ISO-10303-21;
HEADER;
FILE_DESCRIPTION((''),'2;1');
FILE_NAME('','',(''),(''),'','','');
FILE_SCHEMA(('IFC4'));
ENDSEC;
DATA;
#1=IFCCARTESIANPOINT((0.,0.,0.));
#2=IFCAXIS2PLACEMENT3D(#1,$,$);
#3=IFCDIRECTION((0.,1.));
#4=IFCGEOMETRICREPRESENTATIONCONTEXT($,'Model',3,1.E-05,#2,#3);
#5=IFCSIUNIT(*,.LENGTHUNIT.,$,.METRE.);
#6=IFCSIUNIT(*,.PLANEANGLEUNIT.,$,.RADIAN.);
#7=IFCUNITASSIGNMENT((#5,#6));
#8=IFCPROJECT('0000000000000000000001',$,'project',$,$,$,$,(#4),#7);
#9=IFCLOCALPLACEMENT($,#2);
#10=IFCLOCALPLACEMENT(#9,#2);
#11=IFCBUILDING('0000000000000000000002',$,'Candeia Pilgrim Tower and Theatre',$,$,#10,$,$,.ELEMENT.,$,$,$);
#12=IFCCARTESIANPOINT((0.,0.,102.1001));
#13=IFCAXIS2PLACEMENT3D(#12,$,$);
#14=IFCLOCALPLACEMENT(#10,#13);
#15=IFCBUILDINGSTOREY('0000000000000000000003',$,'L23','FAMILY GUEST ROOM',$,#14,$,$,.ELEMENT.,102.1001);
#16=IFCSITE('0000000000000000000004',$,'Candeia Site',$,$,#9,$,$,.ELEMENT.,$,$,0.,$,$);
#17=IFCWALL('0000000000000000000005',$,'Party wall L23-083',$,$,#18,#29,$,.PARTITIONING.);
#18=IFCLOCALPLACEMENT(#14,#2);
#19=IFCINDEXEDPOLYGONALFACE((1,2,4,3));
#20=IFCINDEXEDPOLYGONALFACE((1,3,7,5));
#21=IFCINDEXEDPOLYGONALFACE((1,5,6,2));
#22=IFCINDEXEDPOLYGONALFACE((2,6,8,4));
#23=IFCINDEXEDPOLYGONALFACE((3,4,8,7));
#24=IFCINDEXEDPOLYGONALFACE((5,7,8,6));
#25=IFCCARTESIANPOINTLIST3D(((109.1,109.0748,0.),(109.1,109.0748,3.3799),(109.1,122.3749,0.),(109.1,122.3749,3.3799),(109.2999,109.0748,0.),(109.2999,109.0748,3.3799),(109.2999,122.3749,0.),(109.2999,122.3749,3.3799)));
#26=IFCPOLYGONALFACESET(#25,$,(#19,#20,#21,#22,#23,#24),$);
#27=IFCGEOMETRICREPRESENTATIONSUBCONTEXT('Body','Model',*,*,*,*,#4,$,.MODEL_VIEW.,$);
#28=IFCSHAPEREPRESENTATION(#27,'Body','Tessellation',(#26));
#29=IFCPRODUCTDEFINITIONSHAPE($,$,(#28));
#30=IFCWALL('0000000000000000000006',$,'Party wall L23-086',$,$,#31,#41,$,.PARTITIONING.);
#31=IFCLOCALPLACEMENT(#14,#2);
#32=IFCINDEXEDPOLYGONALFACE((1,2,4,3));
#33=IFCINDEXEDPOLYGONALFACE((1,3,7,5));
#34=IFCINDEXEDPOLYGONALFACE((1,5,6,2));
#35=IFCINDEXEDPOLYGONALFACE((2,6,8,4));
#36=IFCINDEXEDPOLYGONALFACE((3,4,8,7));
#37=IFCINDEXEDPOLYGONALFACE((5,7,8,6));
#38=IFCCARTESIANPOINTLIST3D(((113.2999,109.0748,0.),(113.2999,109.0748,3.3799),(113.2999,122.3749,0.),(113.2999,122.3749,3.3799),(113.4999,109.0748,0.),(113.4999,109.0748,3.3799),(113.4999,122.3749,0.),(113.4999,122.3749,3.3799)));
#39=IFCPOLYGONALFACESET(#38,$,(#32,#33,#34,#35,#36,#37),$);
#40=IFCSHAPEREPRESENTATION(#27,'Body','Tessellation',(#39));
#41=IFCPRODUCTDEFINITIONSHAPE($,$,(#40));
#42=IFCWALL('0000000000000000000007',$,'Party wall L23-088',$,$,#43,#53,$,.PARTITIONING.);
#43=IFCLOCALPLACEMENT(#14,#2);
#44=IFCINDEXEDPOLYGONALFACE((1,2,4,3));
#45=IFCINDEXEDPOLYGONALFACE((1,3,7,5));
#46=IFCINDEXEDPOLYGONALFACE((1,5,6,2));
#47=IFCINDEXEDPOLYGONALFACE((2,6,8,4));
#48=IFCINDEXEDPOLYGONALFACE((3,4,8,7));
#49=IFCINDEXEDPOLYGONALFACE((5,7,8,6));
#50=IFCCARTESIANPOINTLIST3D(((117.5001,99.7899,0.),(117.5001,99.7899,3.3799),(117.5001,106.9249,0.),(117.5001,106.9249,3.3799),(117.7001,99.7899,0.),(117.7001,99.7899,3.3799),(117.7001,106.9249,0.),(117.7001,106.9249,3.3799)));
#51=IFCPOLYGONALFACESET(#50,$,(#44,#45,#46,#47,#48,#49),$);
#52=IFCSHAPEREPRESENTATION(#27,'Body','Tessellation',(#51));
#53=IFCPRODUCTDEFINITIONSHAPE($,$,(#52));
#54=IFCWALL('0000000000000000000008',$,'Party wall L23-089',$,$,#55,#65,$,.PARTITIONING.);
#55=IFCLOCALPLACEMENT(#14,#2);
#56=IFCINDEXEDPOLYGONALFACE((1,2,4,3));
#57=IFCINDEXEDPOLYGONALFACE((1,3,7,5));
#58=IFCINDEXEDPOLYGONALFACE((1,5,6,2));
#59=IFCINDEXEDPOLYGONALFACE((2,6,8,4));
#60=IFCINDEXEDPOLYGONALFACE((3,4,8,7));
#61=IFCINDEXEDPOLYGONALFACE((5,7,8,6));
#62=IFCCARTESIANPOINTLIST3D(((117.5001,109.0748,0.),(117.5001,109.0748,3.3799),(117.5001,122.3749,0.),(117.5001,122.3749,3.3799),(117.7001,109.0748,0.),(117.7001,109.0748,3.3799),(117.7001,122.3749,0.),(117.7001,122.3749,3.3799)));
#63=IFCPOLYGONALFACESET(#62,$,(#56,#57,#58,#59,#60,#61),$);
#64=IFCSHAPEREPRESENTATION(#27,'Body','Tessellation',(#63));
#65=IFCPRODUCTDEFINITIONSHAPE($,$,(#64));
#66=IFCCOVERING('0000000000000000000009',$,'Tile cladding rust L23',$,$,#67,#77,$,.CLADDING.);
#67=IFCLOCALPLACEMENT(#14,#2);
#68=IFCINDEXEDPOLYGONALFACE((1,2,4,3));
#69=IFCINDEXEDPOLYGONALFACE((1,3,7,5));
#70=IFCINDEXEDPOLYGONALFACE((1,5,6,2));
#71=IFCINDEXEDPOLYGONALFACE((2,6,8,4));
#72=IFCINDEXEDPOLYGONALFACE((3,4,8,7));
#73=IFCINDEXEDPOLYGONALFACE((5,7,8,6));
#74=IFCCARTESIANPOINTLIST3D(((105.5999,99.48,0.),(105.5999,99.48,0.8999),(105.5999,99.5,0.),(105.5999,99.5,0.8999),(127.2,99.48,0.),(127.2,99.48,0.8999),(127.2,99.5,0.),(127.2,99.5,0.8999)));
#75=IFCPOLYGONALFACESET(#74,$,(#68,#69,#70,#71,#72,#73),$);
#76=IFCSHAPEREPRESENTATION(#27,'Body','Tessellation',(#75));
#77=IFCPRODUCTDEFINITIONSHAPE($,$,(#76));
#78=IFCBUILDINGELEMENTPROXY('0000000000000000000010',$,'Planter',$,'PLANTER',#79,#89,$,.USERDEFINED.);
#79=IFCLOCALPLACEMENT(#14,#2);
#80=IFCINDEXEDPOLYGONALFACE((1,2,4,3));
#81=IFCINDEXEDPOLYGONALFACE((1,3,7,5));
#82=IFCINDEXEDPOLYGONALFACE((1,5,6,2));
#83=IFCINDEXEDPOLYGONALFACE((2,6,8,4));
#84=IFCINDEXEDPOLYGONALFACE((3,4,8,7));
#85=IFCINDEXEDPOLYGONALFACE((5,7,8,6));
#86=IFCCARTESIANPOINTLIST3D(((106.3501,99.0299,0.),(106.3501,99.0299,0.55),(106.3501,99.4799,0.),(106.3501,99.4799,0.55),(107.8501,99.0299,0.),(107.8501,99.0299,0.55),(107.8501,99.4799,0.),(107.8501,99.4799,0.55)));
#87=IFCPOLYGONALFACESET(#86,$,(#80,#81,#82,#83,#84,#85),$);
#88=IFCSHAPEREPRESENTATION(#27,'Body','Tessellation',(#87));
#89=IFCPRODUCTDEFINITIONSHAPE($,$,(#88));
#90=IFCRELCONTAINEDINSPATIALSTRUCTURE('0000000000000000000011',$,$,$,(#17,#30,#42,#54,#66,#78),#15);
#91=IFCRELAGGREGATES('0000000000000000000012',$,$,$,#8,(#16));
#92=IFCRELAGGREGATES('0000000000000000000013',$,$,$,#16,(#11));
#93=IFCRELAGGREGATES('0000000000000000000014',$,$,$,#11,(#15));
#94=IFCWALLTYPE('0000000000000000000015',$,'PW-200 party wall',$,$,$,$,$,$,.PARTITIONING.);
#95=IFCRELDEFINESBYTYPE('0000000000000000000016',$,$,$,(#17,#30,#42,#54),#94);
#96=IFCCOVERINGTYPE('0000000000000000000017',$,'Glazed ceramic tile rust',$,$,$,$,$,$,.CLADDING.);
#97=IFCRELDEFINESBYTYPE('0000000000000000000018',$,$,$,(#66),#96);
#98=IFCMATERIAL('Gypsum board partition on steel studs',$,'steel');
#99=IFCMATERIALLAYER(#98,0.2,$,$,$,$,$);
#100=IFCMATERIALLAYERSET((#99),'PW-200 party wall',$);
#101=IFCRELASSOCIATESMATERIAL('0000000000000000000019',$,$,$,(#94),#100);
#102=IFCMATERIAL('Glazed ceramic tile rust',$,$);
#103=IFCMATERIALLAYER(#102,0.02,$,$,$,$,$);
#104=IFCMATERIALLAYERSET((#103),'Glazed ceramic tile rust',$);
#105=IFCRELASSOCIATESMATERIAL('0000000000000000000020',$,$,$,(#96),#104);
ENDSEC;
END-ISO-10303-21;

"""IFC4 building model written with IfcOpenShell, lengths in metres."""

from ifc_helpers import new_model, si_unit, direction, frame, frame_2d, origin, origin_2d, place, context, subcontext, project, spatial, rectangle, extrude, material, layer, layer_set, type_object, element, save


model = new_model("IFC4")

# Units and contexts
model_context = context("Model", 3, precision=1e-05, world=origin(), true_north=direction((0.0, 1.0)))
body_context = subcontext(model_context, "Body", "Model", "MODEL_VIEW")
ifc_project = project(units=[si_unit("LENGTHUNIT", "METRE"), si_unit("PLANEANGLEUNIT", "RADIAN")], contexts=[model_context])

# Site, building, storey
site_placement = place(None, origin())
site = spatial("IfcSite", under=ifc_project, at=site_placement, Name="Candeia Site", CompositionType="ELEMENT", RefElevation=0.0)
building_placement = place(site_placement, origin())
building = spatial("IfcBuilding", under=site, at=building_placement, Name="Candeia Pilgrim Tower and Theatre", CompositionType="ELEMENT")
storey_placement = place(building_placement, frame((0.0, 0.0, 102.1001)))
storey = spatial("IfcBuildingStorey", under=building, at=storey_placement, Name="L23", Description="FAMILY GUEST ROOM", CompositionType="ELEMENT", Elevation=102.1001)

# Shared definitions
ifc_material_1 = material(Name="Gypsum board partition on steel studs", Category="steel")

# Walls
ifc_layer_1 = layer(ifc_material_1, 0.2)
ifc_layer_set_1 = layer_set([ifc_layer_1], Name="PW-200 party wall")
wall_type_1 = type_object("IfcWallType", Name="PW-200 party wall", PredefinedType="PARTITIONING", material=ifc_layer_set_1)
for number, where, z_axis, x_axis, name in (
    (1, (109.2, 109.075, 0.0), (0.0, 0.0, 1.0), (0.0, 1.0, 0.0), "Party wall L23-083"),
    (2, (113.3999, 109.075, 0.0), (0.0, 0.0, 1.0), (0.0, 1.0, 0.0), "Party wall L23-086"),
):
    element("IfcWall", number, at=place(storey_placement, frame(where, z_axis=z_axis, x_axis=x_axis)), inside=storey, type_object=wall_type_1, Name=name, PredefinedType="PARTITIONING", context=body_context, shape_type="SweptSolid", body=[
        extrude(rectangle(XDim=13.3, YDim=0.2, at=frame_2d((6.6499, 0.0))), origin(), (0.0, 0.0, 1.0), 3.3799),
    ])
wall_1_placement = place(storey_placement, frame((117.6001, 99.79, 0.0), z_axis=(0.0, 0.0, 1.0), x_axis=(0.0, 1.0, 0.0)))
element("IfcWall", 3, at=wall_1_placement, inside=storey, type_object=wall_type_1, Name="Party wall L23-088", PredefinedType="PARTITIONING", context=body_context, shape_type="SweptSolid", body=[
    extrude(rectangle(XDim=7.135, YDim=0.2, at=frame_2d((3.5674, 0.0))), origin(), (0.0, 0.0, 1.0), 3.3799),
])
wall_2_placement = place(storey_placement, frame((117.6001, 109.075, 0.0), z_axis=(0.0, 0.0, 1.0), x_axis=(0.0, 1.0, 0.0)))
element("IfcWall", 4, at=wall_2_placement, inside=storey, type_object=wall_type_1, Name="Party wall L23-089", PredefinedType="PARTITIONING", context=body_context, shape_type="SweptSolid", body=[
    extrude(rectangle(XDim=13.3, YDim=0.2, at=frame_2d((6.6499, 0.0))), origin(), (0.0, 0.0, 1.0), 3.3799),
])

# Covering
ifc_material_2 = material(Name="Glazed ceramic tile rust")
ifc_layer_2 = layer(ifc_material_2, 0.02)
ifc_layer_set_2 = layer_set([ifc_layer_2], Name="Glazed ceramic tile rust")
covering_type = type_object("IfcCoveringType", Name="Glazed ceramic tile rust", PredefinedType="CLADDING", material=ifc_layer_set_2)
covering_placement = place(storey_placement, frame((116.3999, 99.49, 0.0), z_axis=(0.0, 0.0, 1.0), x_axis=(1.0, 0.0, 0.0)))
element("IfcCovering", 5, at=covering_placement, inside=storey, type_object=covering_type, Name="Tile cladding rust L23", PredefinedType="CLADDING", context=body_context, shape_type="SweptSolid", body=[
    extrude(rectangle(XDim=21.6001, YDim=0.02, at=origin_2d()), origin(), (0.0, 0.0, 1.0), 0.8999),
])

# Building element proxy
proxy_placement = place(storey_placement, frame((107.1001, 99.2549, 0.0), z_axis=(0.0, 0.0, 1.0), x_axis=(1.0, 0.0, 0.0)))
element("IfcBuildingElementProxy", 6, at=proxy_placement, inside=storey, Name="Planter", ObjectType="PLANTER", PredefinedType="USERDEFINED", context=body_context, shape_type="SweptSolid", body=[
    extrude(rectangle(XDim=1.5, YDim=0.45, at=origin_2d()), origin(), (0.0, 0.0, 1.0), 0.55),
])

save(model, "model.ifc")
